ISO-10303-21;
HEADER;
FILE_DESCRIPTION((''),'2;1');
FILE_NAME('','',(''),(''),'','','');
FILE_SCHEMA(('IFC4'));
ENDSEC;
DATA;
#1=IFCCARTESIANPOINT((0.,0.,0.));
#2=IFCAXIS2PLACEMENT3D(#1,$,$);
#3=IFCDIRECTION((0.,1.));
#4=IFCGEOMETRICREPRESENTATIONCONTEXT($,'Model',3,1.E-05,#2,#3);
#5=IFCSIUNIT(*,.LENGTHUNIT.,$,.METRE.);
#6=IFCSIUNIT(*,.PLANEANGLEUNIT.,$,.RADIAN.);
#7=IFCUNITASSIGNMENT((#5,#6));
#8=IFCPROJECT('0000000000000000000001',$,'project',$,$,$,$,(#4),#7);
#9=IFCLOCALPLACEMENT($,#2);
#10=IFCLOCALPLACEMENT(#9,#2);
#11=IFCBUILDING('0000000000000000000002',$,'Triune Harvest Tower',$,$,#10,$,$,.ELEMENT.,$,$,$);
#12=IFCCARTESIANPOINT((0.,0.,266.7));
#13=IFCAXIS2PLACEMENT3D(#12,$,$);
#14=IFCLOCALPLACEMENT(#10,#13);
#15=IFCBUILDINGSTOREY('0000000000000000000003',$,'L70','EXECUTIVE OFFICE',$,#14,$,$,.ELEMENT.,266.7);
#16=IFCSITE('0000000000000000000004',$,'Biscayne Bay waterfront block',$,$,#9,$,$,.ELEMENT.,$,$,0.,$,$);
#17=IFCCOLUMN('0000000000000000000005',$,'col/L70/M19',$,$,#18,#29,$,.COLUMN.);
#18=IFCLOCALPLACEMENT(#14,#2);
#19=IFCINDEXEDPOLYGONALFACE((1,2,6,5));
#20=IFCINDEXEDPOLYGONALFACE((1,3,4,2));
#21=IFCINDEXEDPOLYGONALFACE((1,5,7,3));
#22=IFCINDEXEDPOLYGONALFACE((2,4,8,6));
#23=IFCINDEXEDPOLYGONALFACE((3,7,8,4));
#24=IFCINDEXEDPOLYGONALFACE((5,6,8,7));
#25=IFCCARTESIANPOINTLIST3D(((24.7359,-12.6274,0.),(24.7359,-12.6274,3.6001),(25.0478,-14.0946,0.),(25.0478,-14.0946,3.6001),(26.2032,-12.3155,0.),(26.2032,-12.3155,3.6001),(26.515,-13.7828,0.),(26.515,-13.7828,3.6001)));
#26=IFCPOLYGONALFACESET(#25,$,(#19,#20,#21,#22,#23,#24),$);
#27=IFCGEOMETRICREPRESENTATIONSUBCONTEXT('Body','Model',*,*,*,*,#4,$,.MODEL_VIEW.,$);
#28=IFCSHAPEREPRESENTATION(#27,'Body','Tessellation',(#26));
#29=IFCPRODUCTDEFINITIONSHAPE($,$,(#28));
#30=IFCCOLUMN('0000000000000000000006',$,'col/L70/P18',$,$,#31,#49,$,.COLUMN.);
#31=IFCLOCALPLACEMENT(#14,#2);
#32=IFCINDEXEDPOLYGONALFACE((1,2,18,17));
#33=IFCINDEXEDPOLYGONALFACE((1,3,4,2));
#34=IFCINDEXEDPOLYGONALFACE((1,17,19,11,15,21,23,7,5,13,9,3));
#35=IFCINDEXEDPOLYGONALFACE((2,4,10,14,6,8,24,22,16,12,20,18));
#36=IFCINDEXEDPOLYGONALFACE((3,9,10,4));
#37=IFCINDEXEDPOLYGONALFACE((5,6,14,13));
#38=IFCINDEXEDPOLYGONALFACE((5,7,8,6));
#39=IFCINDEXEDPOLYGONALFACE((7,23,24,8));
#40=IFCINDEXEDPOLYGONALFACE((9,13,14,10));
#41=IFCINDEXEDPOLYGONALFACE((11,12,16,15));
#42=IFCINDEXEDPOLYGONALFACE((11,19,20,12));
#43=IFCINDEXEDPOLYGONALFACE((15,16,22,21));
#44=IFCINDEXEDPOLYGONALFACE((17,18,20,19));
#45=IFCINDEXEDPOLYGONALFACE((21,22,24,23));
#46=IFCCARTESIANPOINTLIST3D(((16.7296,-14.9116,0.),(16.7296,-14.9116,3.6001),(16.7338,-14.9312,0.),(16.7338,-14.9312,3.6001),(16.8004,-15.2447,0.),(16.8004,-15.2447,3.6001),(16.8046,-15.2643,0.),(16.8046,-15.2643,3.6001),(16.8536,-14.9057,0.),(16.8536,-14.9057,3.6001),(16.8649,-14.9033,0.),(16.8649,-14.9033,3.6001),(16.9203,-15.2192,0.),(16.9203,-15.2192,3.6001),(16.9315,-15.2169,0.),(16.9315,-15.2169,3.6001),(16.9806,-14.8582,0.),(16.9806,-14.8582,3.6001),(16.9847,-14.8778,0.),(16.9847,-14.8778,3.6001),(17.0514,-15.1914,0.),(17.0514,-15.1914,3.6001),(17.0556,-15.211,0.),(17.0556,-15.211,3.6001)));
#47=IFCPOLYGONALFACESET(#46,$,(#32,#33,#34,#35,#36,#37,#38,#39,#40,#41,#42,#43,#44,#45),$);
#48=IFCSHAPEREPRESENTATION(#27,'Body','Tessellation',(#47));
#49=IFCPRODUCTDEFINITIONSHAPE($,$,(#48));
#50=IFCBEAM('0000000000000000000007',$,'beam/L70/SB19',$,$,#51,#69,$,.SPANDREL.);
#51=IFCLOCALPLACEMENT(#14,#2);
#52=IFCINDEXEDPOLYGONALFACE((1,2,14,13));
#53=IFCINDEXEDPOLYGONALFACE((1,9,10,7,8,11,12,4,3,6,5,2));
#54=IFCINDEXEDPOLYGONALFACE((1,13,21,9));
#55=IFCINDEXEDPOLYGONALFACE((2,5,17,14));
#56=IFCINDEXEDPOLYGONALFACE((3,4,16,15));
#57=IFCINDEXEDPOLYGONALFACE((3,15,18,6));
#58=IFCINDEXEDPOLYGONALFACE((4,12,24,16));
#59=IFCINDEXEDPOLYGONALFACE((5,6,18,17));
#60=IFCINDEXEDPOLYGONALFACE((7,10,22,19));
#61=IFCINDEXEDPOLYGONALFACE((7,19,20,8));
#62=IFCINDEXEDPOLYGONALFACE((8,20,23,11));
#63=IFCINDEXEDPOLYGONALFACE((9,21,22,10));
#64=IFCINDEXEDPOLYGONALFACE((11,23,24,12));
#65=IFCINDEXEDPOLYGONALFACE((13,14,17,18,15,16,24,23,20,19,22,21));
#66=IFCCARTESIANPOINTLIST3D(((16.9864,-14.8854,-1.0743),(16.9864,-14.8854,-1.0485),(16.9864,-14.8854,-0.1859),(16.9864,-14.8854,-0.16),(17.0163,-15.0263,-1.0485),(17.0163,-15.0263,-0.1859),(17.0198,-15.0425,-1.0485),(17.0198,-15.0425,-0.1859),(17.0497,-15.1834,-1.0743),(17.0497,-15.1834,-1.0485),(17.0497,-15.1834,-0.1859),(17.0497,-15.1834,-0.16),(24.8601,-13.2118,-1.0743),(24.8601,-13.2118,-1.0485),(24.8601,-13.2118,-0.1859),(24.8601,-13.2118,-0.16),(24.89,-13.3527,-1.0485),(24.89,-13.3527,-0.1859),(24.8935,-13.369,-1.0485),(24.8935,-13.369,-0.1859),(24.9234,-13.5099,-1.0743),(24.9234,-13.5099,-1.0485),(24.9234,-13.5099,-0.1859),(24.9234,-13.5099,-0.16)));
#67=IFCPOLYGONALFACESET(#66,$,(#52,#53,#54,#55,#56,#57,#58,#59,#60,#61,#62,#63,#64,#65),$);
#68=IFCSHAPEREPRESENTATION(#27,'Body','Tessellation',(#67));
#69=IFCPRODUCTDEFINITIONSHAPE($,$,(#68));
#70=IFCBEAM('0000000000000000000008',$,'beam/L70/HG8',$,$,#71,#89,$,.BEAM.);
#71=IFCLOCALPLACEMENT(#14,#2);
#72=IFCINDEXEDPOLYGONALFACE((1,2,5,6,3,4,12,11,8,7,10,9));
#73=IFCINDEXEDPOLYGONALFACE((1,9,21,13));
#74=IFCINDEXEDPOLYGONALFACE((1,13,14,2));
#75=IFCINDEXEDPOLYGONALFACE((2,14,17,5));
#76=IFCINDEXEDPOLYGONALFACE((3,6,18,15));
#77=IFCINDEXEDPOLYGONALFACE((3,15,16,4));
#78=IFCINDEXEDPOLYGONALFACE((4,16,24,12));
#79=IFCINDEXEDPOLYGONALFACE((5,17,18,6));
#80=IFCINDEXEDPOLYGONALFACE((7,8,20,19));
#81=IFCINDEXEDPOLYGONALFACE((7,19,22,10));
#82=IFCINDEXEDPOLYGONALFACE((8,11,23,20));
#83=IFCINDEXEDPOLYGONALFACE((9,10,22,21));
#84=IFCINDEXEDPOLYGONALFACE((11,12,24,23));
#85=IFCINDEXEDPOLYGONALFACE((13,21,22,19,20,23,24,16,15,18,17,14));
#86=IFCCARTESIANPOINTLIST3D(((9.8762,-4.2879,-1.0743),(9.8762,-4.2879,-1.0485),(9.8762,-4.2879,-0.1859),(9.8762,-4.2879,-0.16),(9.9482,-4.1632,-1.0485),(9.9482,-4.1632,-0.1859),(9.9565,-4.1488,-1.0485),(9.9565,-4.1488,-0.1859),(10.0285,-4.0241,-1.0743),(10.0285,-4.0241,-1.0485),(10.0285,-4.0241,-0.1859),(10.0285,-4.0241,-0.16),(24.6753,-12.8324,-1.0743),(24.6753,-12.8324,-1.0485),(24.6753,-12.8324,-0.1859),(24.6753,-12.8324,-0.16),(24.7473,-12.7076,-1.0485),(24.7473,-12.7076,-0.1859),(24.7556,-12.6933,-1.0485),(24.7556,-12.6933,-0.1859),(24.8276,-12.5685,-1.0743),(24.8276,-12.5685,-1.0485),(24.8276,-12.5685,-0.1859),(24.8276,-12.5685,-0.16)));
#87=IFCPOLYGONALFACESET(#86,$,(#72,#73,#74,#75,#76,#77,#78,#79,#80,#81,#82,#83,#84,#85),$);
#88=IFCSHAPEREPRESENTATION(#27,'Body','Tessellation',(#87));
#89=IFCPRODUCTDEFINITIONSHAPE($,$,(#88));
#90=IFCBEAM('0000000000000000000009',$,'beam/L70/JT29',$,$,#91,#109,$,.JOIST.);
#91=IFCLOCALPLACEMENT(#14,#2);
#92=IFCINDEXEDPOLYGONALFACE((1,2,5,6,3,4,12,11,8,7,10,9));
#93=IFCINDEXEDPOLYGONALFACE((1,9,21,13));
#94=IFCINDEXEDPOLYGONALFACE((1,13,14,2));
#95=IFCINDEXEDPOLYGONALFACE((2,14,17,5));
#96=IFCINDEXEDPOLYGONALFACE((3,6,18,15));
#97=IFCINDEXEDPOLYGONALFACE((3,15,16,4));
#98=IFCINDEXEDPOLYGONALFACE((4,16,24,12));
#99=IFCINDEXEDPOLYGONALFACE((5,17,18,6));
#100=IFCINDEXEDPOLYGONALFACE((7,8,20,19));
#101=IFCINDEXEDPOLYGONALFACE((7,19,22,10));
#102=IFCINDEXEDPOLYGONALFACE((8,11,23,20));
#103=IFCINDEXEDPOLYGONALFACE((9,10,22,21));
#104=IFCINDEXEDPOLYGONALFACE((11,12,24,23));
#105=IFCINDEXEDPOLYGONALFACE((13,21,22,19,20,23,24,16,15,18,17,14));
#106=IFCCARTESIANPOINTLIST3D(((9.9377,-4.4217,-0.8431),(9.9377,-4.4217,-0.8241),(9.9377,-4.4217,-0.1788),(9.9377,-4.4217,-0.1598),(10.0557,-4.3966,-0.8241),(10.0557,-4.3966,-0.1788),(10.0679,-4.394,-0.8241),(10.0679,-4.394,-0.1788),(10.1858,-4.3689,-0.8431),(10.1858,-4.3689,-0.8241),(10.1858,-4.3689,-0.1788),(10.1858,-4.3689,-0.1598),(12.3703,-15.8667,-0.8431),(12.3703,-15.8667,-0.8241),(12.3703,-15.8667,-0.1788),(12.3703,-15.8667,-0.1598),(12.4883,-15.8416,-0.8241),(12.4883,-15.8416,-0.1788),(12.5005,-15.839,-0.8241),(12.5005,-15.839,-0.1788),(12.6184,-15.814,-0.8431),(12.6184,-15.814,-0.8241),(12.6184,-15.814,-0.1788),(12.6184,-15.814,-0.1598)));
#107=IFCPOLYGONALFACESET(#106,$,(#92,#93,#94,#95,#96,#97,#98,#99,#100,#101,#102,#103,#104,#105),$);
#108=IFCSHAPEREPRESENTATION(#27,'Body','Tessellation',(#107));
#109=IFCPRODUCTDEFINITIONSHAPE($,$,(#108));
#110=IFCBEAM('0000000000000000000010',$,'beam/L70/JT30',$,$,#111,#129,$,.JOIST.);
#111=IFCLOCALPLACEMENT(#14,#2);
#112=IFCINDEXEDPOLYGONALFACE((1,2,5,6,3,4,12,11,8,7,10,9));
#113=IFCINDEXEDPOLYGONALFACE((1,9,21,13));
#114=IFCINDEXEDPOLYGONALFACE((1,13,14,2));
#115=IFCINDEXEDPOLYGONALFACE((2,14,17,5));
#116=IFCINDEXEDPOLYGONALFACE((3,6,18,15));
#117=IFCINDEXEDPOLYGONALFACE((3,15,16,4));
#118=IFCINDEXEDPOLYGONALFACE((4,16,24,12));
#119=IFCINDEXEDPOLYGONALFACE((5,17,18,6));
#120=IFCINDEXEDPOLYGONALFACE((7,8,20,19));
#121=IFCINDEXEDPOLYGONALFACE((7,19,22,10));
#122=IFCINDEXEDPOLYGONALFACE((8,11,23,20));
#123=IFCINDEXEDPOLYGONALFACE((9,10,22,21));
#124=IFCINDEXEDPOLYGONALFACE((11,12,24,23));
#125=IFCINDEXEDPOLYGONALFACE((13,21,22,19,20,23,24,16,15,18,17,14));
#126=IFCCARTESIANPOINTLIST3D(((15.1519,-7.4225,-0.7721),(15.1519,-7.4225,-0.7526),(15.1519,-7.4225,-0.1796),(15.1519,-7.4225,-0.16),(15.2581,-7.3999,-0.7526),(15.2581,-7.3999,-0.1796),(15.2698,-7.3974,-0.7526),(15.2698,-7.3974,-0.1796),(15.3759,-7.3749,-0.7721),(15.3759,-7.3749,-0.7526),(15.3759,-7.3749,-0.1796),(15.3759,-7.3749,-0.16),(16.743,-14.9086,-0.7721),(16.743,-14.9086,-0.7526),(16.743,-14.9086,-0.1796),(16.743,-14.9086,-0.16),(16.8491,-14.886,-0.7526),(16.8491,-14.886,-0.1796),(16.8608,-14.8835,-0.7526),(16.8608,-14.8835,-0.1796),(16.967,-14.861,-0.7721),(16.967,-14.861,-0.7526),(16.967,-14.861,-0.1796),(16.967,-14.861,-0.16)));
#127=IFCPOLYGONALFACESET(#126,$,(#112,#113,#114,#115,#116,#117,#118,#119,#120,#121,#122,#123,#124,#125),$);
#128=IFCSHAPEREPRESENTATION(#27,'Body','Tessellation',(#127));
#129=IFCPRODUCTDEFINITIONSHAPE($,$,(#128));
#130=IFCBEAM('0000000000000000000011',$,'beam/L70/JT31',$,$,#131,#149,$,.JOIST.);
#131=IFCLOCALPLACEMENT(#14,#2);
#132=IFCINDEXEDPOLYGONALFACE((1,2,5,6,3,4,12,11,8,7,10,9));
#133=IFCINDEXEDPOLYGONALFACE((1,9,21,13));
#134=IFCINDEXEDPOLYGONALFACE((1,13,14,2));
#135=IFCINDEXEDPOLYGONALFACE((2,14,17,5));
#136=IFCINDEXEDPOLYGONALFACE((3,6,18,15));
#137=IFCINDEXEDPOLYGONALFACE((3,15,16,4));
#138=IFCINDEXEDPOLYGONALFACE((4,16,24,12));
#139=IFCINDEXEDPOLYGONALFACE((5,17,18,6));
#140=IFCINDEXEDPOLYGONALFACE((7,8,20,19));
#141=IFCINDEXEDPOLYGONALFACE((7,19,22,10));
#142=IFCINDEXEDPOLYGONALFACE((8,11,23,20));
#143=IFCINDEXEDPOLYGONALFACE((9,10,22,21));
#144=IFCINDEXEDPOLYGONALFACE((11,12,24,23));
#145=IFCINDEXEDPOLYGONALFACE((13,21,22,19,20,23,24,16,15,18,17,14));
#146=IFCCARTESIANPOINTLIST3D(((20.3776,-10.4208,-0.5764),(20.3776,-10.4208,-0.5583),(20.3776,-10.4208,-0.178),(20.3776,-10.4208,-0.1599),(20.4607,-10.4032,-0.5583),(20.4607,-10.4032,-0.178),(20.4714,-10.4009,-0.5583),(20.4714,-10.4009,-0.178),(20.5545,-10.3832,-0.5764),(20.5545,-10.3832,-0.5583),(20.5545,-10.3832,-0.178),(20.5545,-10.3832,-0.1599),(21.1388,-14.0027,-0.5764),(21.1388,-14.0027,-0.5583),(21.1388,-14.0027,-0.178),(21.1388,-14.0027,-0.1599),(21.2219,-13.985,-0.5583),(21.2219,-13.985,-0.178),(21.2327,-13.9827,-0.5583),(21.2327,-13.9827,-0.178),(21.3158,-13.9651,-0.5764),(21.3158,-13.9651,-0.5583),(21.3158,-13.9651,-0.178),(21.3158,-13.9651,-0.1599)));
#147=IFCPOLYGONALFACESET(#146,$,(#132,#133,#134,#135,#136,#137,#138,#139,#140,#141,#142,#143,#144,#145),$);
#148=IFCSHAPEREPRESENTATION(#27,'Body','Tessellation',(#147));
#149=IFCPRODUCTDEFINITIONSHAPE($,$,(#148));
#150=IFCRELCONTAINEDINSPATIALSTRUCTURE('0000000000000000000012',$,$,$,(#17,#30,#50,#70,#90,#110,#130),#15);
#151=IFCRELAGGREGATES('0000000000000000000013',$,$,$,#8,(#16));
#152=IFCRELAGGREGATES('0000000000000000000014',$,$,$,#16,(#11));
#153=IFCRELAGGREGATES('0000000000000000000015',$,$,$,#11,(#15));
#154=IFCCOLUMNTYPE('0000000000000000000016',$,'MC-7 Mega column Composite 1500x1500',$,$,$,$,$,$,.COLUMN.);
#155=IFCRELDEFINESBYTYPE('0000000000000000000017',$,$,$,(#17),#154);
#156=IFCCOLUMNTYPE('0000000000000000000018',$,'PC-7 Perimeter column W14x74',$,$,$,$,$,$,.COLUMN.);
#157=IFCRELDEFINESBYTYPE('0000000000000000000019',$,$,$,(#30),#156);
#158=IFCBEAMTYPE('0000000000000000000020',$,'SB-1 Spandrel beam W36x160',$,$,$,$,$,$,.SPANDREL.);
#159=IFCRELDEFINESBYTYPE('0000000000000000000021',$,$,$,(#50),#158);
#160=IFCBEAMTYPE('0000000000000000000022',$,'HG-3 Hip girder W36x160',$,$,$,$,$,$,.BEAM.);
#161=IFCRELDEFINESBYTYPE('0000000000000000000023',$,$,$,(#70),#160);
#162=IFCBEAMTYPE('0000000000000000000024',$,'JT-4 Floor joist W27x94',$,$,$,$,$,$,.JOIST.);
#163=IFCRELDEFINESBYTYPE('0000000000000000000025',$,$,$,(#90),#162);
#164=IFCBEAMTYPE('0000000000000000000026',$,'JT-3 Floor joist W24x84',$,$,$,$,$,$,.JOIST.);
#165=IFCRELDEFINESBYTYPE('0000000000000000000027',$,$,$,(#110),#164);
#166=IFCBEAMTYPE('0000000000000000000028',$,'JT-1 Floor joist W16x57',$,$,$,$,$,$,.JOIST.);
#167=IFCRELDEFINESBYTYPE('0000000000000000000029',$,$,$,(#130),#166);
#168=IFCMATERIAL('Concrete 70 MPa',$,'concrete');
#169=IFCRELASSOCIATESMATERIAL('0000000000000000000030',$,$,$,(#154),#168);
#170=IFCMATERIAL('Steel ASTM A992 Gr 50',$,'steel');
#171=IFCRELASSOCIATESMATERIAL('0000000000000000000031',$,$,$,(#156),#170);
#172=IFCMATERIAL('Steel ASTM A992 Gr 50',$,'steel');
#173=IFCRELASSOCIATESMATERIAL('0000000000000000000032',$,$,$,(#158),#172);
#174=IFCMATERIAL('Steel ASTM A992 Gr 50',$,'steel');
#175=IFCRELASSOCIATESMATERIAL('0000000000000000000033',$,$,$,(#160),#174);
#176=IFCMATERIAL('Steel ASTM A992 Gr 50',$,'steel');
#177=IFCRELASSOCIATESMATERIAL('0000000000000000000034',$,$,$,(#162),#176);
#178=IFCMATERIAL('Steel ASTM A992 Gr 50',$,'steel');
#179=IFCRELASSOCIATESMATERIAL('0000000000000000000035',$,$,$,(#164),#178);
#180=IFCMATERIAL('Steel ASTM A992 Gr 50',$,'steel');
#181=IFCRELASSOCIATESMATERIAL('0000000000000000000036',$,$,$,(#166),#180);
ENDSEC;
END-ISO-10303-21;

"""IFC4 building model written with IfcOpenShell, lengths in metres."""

from ifc_helpers import new_model, si_unit, direction, frame, origin, origin_2d, place, context, subcontext, project, spatial, rectangle, i_section, extrude, source, transform, mapped, material, material_profile, profile_set, type_object, element, save


model = new_model("IFC4")

# Units and contexts
model_context = context("Model", 3, precision=1e-05, world=origin(), true_north=direction((0.0, 1.0)))
body_context = subcontext(model_context, "Body", "Model", "MODEL_VIEW")
ifc_project = project(units=[si_unit("LENGTHUNIT", "METRE"), si_unit("PLANEANGLEUNIT", "RADIAN")], contexts=[model_context])

# Site, building, storey
site_placement = place(None, origin())
site = spatial("IfcSite", under=ifc_project, at=site_placement, Name="Biscayne Bay waterfront block", CompositionType="ELEMENT", RefElevation=0.0)
building_placement = place(site_placement, origin())
building = spatial("IfcBuilding", under=site, at=building_placement, Name="Triune Harvest Tower", CompositionType="ELEMENT")
storey_placement = place(building_placement, frame((0.0, 0.0, 266.7)))
storey = spatial("IfcBuildingStorey", under=building, at=storey_placement, Name="L70", Description="EXECUTIVE OFFICE", CompositionType="ELEMENT", Elevation=266.7)

# Columns
ifc_material_1 = material(Name="Concrete 70 MPa", Category="concrete")
ifc_material_profile_1 = material_profile(ifc_material_1, rectangle(XDim=1.5, YDim=1.5, at=origin_2d()), Name="Composite 1500x1500")
ifc_profile_set_1 = profile_set([ifc_material_profile_1], Name="Concrete 70 MPa")
column_type_1 = type_object("IfcColumnType", Name="MC-7 Mega column Composite 1500x1500", PredefinedType="COLUMN", material=ifc_profile_set_1)
shared_shape_1 = source(origin(), body_context, "Body", "SweptSolid", [
    extrude(rectangle(XDim=1.5, YDim=1.5, at=origin_2d()), origin(), (0.0, 0.0, 1.0), 3.6001),
])
column_1_placement = place(storey_placement, frame((25.6255, -13.2051, 0.0), z_axis=(0.0, 0.0, 1.0), x_axis=(0.978147, 0.207913, 0.0)))
element("IfcColumn", 1, at=column_1_placement, inside=storey, type_object=column_type_1, Name="col/L70/M19", PredefinedType="COLUMN", context=body_context, shape_type="MappedRepresentation", body=[
    mapped(shared_shape_1, transform((0.0, 0.0, 0.0), scale=1.0)),
])
ifc_material_2 = material(Name="Steel ASTM A992 Gr 50", Category="steel")
ifc_material_profile_2 = material_profile(ifc_material_2, i_section(OverallWidth=0.2566, OverallDepth=0.3606, WebThickness=0.0115, FlangeThickness=0.02, at=origin_2d()), Name="W14x74")
ifc_profile_set_2 = profile_set([ifc_material_profile_2], Name="Steel ASTM A992 Gr 50")
column_type_2 = type_object("IfcColumnType", Name="PC-7 Perimeter column W14x74", PredefinedType="COLUMN", material=ifc_profile_set_2)
shared_shape_2 = source(origin(), body_context, "Body", "SweptSolid", [
    extrude(i_section(OverallWidth=0.2566, OverallDepth=0.3606, WebThickness=0.0115, FlangeThickness=0.02, at=origin_2d()), origin(), (0.0, 0.0, 1.0), 3.6001),
])
column_2_placement = place(storey_placement, frame((16.8926, -15.0613, 0.0), z_axis=(0.0, 0.0, 1.0), x_axis=(0.978147, 0.207913, 0.0)))
element("IfcColumn", 2, at=column_2_placement, inside=storey, type_object=column_type_2, Name="col/L70/P18", PredefinedType="COLUMN", context=body_context, shape_type="MappedRepresentation", body=[
    mapped(shared_shape_2, transform((0.0, 0.0, 0.0), scale=1.0)),
])

# Beams
ifc_material_3 = material(Name="Steel ASTM A992 Gr 50", Category="steel")
ifc_material_profile_3 = material_profile(ifc_material_3, i_section(OverallWidth=0.3047, OverallDepth=0.9143, WebThickness=0.0166, FlangeThickness=0.0259, at=origin_2d()), Name="W36x160")
ifc_profile_set_3 = profile_set([ifc_material_profile_3], Name="Steel ASTM A992 Gr 50")
beam_type_1 = type_object("IfcBeamType", Name="SB-1 Spandrel beam W36x160", PredefinedType="SPANDREL", material=ifc_profile_set_3)
shared_shape_3 = source(origin(), body_context, "Body", "SweptSolid", [
    extrude(i_section(OverallWidth=0.3047, OverallDepth=0.9143, WebThickness=0.0166, FlangeThickness=0.0259, at=origin_2d()), origin(), (0.0, 0.0, 1.0), 8.0496),
])
beam_1_placement = place(storey_placement, frame((17.0181, -15.0344, -0.6172), z_axis=(0.978149, 0.207907, 0.0), x_axis=(-0.207907, 0.978149, 0.0)))
element("IfcBeam", 3, at=beam_1_placement, inside=storey, type_object=beam_type_1, Name="beam/L70/SB19", PredefinedType="SPANDREL", context=body_context, shape_type="MappedRepresentation", body=[
    mapped(shared_shape_3, transform((0.0, 0.0, 0.0), scale=1.0)),
])
ifc_material_4 = material(Name="Steel ASTM A992 Gr 50", Category="steel")
ifc_material_profile_4 = material_profile(ifc_material_4, i_section(OverallWidth=0.3047, OverallDepth=0.9143, WebThickness=0.0166, FlangeThickness=0.0259, at=origin_2d()), Name="W36x160")
ifc_profile_set_4 = profile_set([ifc_material_profile_4], Name="Steel ASTM A992 Gr 50")
beam_type_2 = type_object("IfcBeamType", Name="HG-3 Hip girder W36x160", PredefinedType="BEAM", material=ifc_profile_set_4)
shared_shape_4 = source(origin(), body_context, "Body", "SweptSolid", [
    extrude(i_section(OverallWidth=0.3047, OverallDepth=0.9143, WebThickness=0.0166, FlangeThickness=0.0259, at=origin_2d()), origin(), (0.0, 0.0, 1.0), 17.0886),
])
beam_2_placement = place(storey_placement, frame((24.7515, -12.7004, -0.6172), z_axis=(-0.866021, 0.500008, 0.0), x_axis=(-0.500008, -0.866021, 0.0)))
element("IfcBeam", 4, at=beam_2_placement, inside=storey, type_object=beam_type_2, Name="beam/L70/HG8", PredefinedType="BEAM", context=body_context, shape_type="MappedRepresentation", body=[
    mapped(shared_shape_4, transform((0.0, 0.0, 0.0), scale=1.0)),
])
ifc_material_5 = material(Name="Steel ASTM A992 Gr 50", Category="steel")
ifc_material_profile_5 = material_profile(ifc_material_5, i_section(OverallWidth=0.2537, OverallDepth=0.6833, WebThickness=0.0125, FlangeThickness=0.019, at=origin_2d()), Name="W27x94")
ifc_profile_set_5 = profile_set([ifc_material_profile_5], Name="Steel ASTM A992 Gr 50")
beam_type_3 = type_object("IfcBeamType", Name="JT-4 Floor joist W27x94", PredefinedType="JOIST", material=ifc_profile_set_5)
shared_shape_5 = source(origin(), body_context, "Body", "SweptSolid", [
    extrude(i_section(OverallWidth=0.2537, OverallDepth=0.6833, WebThickness=0.0125, FlangeThickness=0.019, at=origin_2d()), origin(), (0.0, 0.0, 1.0), 11.7007),
])
beam_3_placement = place(storey_placement, frame((12.4944, -15.8403, -0.5015), z_axis=(-0.207903, 0.978149, 0.0), x_axis=(-0.978149, -0.207903, 0.0)))
element("IfcBeam", 5, at=beam_3_placement, inside=storey, type_object=beam_type_3, Name="beam/L70/JT29", PredefinedType="JOIST", context=body_context, shape_type="MappedRepresentation", body=[
    mapped(shared_shape_5, transform((0.0, 0.0, 0.0), scale=1.0)),
])
ifc_material_6 = material(Name="Steel ASTM A992 Gr 50", Category="steel")
ifc_material_profile_6 = material_profile(ifc_material_6, i_section(OverallWidth=0.229, OverallDepth=0.6121, WebThickness=0.012, FlangeThickness=0.0195, at=origin_2d()), Name="W24x84")
ifc_profile_set_6 = profile_set([ifc_material_profile_6], Name="Steel ASTM A992 Gr 50")
beam_type_4 = type_object("IfcBeamType", Name="JT-3 Floor joist W24x84", PredefinedType="JOIST", material=ifc_profile_set_6)
shared_shape_6 = source(origin(), body_context, "Body", "SweptSolid", [
    extrude(i_section(OverallWidth=0.229, OverallDepth=0.6121, WebThickness=0.012, FlangeThickness=0.0195, at=origin_2d()), origin(), (0.0, 0.0, 1.0), 7.6533),
])
beam_4_placement = place(storey_placement, frame((16.855, -14.8848, -0.4661), z_axis=(-0.207893, 0.978152, 0.0), x_axis=(-0.978152, -0.207893, 0.0)))
element("IfcBeam", 6, at=beam_4_placement, inside=storey, type_object=beam_type_4, Name="beam/L70/JT30", PredefinedType="JOIST", context=body_context, shape_type="MappedRepresentation", body=[
    mapped(shared_shape_6, transform((0.0, 0.0, 0.0), scale=1.0)),
])
ifc_material_7 = material(Name="Steel ASTM A992 Gr 50", Category="steel")
ifc_material_profile_7 = material_profile(ifc_material_7, i_section(OverallWidth=0.1809, OverallDepth=0.4165, WebThickness=0.011, FlangeThickness=0.0181, at=origin_2d()), Name="W16x57")
ifc_profile_set_7 = profile_set([ifc_material_profile_7], Name="Steel ASTM A992 Gr 50")
beam_type_5 = type_object("IfcBeamType", Name="JT-1 Floor joist W16x57", PredefinedType="JOIST", material=ifc_profile_set_7)
shared_shape_7 = source(origin(), body_context, "Body", "SweptSolid", [
    extrude(i_section(OverallWidth=0.1809, OverallDepth=0.4165, WebThickness=0.011, FlangeThickness=0.0181, at=origin_2d()), origin(), (0.0, 0.0, 1.0), 3.6619),
])
beam_5_placement = place(storey_placement, frame((21.2273, -13.9839, -0.3682), z_axis=(-0.207885, 0.978153, 0.0), x_axis=(-0.978153, -0.207885, 0.0)))
element("IfcBeam", 7, at=beam_5_placement, inside=storey, type_object=beam_type_5, Name="beam/L70/JT31", PredefinedType="JOIST", context=body_context, shape_type="MappedRepresentation", body=[
    mapped(shared_shape_7, transform((0.0, 0.0, 0.0), scale=1.0)),
])

save(model, "model.ifc")
